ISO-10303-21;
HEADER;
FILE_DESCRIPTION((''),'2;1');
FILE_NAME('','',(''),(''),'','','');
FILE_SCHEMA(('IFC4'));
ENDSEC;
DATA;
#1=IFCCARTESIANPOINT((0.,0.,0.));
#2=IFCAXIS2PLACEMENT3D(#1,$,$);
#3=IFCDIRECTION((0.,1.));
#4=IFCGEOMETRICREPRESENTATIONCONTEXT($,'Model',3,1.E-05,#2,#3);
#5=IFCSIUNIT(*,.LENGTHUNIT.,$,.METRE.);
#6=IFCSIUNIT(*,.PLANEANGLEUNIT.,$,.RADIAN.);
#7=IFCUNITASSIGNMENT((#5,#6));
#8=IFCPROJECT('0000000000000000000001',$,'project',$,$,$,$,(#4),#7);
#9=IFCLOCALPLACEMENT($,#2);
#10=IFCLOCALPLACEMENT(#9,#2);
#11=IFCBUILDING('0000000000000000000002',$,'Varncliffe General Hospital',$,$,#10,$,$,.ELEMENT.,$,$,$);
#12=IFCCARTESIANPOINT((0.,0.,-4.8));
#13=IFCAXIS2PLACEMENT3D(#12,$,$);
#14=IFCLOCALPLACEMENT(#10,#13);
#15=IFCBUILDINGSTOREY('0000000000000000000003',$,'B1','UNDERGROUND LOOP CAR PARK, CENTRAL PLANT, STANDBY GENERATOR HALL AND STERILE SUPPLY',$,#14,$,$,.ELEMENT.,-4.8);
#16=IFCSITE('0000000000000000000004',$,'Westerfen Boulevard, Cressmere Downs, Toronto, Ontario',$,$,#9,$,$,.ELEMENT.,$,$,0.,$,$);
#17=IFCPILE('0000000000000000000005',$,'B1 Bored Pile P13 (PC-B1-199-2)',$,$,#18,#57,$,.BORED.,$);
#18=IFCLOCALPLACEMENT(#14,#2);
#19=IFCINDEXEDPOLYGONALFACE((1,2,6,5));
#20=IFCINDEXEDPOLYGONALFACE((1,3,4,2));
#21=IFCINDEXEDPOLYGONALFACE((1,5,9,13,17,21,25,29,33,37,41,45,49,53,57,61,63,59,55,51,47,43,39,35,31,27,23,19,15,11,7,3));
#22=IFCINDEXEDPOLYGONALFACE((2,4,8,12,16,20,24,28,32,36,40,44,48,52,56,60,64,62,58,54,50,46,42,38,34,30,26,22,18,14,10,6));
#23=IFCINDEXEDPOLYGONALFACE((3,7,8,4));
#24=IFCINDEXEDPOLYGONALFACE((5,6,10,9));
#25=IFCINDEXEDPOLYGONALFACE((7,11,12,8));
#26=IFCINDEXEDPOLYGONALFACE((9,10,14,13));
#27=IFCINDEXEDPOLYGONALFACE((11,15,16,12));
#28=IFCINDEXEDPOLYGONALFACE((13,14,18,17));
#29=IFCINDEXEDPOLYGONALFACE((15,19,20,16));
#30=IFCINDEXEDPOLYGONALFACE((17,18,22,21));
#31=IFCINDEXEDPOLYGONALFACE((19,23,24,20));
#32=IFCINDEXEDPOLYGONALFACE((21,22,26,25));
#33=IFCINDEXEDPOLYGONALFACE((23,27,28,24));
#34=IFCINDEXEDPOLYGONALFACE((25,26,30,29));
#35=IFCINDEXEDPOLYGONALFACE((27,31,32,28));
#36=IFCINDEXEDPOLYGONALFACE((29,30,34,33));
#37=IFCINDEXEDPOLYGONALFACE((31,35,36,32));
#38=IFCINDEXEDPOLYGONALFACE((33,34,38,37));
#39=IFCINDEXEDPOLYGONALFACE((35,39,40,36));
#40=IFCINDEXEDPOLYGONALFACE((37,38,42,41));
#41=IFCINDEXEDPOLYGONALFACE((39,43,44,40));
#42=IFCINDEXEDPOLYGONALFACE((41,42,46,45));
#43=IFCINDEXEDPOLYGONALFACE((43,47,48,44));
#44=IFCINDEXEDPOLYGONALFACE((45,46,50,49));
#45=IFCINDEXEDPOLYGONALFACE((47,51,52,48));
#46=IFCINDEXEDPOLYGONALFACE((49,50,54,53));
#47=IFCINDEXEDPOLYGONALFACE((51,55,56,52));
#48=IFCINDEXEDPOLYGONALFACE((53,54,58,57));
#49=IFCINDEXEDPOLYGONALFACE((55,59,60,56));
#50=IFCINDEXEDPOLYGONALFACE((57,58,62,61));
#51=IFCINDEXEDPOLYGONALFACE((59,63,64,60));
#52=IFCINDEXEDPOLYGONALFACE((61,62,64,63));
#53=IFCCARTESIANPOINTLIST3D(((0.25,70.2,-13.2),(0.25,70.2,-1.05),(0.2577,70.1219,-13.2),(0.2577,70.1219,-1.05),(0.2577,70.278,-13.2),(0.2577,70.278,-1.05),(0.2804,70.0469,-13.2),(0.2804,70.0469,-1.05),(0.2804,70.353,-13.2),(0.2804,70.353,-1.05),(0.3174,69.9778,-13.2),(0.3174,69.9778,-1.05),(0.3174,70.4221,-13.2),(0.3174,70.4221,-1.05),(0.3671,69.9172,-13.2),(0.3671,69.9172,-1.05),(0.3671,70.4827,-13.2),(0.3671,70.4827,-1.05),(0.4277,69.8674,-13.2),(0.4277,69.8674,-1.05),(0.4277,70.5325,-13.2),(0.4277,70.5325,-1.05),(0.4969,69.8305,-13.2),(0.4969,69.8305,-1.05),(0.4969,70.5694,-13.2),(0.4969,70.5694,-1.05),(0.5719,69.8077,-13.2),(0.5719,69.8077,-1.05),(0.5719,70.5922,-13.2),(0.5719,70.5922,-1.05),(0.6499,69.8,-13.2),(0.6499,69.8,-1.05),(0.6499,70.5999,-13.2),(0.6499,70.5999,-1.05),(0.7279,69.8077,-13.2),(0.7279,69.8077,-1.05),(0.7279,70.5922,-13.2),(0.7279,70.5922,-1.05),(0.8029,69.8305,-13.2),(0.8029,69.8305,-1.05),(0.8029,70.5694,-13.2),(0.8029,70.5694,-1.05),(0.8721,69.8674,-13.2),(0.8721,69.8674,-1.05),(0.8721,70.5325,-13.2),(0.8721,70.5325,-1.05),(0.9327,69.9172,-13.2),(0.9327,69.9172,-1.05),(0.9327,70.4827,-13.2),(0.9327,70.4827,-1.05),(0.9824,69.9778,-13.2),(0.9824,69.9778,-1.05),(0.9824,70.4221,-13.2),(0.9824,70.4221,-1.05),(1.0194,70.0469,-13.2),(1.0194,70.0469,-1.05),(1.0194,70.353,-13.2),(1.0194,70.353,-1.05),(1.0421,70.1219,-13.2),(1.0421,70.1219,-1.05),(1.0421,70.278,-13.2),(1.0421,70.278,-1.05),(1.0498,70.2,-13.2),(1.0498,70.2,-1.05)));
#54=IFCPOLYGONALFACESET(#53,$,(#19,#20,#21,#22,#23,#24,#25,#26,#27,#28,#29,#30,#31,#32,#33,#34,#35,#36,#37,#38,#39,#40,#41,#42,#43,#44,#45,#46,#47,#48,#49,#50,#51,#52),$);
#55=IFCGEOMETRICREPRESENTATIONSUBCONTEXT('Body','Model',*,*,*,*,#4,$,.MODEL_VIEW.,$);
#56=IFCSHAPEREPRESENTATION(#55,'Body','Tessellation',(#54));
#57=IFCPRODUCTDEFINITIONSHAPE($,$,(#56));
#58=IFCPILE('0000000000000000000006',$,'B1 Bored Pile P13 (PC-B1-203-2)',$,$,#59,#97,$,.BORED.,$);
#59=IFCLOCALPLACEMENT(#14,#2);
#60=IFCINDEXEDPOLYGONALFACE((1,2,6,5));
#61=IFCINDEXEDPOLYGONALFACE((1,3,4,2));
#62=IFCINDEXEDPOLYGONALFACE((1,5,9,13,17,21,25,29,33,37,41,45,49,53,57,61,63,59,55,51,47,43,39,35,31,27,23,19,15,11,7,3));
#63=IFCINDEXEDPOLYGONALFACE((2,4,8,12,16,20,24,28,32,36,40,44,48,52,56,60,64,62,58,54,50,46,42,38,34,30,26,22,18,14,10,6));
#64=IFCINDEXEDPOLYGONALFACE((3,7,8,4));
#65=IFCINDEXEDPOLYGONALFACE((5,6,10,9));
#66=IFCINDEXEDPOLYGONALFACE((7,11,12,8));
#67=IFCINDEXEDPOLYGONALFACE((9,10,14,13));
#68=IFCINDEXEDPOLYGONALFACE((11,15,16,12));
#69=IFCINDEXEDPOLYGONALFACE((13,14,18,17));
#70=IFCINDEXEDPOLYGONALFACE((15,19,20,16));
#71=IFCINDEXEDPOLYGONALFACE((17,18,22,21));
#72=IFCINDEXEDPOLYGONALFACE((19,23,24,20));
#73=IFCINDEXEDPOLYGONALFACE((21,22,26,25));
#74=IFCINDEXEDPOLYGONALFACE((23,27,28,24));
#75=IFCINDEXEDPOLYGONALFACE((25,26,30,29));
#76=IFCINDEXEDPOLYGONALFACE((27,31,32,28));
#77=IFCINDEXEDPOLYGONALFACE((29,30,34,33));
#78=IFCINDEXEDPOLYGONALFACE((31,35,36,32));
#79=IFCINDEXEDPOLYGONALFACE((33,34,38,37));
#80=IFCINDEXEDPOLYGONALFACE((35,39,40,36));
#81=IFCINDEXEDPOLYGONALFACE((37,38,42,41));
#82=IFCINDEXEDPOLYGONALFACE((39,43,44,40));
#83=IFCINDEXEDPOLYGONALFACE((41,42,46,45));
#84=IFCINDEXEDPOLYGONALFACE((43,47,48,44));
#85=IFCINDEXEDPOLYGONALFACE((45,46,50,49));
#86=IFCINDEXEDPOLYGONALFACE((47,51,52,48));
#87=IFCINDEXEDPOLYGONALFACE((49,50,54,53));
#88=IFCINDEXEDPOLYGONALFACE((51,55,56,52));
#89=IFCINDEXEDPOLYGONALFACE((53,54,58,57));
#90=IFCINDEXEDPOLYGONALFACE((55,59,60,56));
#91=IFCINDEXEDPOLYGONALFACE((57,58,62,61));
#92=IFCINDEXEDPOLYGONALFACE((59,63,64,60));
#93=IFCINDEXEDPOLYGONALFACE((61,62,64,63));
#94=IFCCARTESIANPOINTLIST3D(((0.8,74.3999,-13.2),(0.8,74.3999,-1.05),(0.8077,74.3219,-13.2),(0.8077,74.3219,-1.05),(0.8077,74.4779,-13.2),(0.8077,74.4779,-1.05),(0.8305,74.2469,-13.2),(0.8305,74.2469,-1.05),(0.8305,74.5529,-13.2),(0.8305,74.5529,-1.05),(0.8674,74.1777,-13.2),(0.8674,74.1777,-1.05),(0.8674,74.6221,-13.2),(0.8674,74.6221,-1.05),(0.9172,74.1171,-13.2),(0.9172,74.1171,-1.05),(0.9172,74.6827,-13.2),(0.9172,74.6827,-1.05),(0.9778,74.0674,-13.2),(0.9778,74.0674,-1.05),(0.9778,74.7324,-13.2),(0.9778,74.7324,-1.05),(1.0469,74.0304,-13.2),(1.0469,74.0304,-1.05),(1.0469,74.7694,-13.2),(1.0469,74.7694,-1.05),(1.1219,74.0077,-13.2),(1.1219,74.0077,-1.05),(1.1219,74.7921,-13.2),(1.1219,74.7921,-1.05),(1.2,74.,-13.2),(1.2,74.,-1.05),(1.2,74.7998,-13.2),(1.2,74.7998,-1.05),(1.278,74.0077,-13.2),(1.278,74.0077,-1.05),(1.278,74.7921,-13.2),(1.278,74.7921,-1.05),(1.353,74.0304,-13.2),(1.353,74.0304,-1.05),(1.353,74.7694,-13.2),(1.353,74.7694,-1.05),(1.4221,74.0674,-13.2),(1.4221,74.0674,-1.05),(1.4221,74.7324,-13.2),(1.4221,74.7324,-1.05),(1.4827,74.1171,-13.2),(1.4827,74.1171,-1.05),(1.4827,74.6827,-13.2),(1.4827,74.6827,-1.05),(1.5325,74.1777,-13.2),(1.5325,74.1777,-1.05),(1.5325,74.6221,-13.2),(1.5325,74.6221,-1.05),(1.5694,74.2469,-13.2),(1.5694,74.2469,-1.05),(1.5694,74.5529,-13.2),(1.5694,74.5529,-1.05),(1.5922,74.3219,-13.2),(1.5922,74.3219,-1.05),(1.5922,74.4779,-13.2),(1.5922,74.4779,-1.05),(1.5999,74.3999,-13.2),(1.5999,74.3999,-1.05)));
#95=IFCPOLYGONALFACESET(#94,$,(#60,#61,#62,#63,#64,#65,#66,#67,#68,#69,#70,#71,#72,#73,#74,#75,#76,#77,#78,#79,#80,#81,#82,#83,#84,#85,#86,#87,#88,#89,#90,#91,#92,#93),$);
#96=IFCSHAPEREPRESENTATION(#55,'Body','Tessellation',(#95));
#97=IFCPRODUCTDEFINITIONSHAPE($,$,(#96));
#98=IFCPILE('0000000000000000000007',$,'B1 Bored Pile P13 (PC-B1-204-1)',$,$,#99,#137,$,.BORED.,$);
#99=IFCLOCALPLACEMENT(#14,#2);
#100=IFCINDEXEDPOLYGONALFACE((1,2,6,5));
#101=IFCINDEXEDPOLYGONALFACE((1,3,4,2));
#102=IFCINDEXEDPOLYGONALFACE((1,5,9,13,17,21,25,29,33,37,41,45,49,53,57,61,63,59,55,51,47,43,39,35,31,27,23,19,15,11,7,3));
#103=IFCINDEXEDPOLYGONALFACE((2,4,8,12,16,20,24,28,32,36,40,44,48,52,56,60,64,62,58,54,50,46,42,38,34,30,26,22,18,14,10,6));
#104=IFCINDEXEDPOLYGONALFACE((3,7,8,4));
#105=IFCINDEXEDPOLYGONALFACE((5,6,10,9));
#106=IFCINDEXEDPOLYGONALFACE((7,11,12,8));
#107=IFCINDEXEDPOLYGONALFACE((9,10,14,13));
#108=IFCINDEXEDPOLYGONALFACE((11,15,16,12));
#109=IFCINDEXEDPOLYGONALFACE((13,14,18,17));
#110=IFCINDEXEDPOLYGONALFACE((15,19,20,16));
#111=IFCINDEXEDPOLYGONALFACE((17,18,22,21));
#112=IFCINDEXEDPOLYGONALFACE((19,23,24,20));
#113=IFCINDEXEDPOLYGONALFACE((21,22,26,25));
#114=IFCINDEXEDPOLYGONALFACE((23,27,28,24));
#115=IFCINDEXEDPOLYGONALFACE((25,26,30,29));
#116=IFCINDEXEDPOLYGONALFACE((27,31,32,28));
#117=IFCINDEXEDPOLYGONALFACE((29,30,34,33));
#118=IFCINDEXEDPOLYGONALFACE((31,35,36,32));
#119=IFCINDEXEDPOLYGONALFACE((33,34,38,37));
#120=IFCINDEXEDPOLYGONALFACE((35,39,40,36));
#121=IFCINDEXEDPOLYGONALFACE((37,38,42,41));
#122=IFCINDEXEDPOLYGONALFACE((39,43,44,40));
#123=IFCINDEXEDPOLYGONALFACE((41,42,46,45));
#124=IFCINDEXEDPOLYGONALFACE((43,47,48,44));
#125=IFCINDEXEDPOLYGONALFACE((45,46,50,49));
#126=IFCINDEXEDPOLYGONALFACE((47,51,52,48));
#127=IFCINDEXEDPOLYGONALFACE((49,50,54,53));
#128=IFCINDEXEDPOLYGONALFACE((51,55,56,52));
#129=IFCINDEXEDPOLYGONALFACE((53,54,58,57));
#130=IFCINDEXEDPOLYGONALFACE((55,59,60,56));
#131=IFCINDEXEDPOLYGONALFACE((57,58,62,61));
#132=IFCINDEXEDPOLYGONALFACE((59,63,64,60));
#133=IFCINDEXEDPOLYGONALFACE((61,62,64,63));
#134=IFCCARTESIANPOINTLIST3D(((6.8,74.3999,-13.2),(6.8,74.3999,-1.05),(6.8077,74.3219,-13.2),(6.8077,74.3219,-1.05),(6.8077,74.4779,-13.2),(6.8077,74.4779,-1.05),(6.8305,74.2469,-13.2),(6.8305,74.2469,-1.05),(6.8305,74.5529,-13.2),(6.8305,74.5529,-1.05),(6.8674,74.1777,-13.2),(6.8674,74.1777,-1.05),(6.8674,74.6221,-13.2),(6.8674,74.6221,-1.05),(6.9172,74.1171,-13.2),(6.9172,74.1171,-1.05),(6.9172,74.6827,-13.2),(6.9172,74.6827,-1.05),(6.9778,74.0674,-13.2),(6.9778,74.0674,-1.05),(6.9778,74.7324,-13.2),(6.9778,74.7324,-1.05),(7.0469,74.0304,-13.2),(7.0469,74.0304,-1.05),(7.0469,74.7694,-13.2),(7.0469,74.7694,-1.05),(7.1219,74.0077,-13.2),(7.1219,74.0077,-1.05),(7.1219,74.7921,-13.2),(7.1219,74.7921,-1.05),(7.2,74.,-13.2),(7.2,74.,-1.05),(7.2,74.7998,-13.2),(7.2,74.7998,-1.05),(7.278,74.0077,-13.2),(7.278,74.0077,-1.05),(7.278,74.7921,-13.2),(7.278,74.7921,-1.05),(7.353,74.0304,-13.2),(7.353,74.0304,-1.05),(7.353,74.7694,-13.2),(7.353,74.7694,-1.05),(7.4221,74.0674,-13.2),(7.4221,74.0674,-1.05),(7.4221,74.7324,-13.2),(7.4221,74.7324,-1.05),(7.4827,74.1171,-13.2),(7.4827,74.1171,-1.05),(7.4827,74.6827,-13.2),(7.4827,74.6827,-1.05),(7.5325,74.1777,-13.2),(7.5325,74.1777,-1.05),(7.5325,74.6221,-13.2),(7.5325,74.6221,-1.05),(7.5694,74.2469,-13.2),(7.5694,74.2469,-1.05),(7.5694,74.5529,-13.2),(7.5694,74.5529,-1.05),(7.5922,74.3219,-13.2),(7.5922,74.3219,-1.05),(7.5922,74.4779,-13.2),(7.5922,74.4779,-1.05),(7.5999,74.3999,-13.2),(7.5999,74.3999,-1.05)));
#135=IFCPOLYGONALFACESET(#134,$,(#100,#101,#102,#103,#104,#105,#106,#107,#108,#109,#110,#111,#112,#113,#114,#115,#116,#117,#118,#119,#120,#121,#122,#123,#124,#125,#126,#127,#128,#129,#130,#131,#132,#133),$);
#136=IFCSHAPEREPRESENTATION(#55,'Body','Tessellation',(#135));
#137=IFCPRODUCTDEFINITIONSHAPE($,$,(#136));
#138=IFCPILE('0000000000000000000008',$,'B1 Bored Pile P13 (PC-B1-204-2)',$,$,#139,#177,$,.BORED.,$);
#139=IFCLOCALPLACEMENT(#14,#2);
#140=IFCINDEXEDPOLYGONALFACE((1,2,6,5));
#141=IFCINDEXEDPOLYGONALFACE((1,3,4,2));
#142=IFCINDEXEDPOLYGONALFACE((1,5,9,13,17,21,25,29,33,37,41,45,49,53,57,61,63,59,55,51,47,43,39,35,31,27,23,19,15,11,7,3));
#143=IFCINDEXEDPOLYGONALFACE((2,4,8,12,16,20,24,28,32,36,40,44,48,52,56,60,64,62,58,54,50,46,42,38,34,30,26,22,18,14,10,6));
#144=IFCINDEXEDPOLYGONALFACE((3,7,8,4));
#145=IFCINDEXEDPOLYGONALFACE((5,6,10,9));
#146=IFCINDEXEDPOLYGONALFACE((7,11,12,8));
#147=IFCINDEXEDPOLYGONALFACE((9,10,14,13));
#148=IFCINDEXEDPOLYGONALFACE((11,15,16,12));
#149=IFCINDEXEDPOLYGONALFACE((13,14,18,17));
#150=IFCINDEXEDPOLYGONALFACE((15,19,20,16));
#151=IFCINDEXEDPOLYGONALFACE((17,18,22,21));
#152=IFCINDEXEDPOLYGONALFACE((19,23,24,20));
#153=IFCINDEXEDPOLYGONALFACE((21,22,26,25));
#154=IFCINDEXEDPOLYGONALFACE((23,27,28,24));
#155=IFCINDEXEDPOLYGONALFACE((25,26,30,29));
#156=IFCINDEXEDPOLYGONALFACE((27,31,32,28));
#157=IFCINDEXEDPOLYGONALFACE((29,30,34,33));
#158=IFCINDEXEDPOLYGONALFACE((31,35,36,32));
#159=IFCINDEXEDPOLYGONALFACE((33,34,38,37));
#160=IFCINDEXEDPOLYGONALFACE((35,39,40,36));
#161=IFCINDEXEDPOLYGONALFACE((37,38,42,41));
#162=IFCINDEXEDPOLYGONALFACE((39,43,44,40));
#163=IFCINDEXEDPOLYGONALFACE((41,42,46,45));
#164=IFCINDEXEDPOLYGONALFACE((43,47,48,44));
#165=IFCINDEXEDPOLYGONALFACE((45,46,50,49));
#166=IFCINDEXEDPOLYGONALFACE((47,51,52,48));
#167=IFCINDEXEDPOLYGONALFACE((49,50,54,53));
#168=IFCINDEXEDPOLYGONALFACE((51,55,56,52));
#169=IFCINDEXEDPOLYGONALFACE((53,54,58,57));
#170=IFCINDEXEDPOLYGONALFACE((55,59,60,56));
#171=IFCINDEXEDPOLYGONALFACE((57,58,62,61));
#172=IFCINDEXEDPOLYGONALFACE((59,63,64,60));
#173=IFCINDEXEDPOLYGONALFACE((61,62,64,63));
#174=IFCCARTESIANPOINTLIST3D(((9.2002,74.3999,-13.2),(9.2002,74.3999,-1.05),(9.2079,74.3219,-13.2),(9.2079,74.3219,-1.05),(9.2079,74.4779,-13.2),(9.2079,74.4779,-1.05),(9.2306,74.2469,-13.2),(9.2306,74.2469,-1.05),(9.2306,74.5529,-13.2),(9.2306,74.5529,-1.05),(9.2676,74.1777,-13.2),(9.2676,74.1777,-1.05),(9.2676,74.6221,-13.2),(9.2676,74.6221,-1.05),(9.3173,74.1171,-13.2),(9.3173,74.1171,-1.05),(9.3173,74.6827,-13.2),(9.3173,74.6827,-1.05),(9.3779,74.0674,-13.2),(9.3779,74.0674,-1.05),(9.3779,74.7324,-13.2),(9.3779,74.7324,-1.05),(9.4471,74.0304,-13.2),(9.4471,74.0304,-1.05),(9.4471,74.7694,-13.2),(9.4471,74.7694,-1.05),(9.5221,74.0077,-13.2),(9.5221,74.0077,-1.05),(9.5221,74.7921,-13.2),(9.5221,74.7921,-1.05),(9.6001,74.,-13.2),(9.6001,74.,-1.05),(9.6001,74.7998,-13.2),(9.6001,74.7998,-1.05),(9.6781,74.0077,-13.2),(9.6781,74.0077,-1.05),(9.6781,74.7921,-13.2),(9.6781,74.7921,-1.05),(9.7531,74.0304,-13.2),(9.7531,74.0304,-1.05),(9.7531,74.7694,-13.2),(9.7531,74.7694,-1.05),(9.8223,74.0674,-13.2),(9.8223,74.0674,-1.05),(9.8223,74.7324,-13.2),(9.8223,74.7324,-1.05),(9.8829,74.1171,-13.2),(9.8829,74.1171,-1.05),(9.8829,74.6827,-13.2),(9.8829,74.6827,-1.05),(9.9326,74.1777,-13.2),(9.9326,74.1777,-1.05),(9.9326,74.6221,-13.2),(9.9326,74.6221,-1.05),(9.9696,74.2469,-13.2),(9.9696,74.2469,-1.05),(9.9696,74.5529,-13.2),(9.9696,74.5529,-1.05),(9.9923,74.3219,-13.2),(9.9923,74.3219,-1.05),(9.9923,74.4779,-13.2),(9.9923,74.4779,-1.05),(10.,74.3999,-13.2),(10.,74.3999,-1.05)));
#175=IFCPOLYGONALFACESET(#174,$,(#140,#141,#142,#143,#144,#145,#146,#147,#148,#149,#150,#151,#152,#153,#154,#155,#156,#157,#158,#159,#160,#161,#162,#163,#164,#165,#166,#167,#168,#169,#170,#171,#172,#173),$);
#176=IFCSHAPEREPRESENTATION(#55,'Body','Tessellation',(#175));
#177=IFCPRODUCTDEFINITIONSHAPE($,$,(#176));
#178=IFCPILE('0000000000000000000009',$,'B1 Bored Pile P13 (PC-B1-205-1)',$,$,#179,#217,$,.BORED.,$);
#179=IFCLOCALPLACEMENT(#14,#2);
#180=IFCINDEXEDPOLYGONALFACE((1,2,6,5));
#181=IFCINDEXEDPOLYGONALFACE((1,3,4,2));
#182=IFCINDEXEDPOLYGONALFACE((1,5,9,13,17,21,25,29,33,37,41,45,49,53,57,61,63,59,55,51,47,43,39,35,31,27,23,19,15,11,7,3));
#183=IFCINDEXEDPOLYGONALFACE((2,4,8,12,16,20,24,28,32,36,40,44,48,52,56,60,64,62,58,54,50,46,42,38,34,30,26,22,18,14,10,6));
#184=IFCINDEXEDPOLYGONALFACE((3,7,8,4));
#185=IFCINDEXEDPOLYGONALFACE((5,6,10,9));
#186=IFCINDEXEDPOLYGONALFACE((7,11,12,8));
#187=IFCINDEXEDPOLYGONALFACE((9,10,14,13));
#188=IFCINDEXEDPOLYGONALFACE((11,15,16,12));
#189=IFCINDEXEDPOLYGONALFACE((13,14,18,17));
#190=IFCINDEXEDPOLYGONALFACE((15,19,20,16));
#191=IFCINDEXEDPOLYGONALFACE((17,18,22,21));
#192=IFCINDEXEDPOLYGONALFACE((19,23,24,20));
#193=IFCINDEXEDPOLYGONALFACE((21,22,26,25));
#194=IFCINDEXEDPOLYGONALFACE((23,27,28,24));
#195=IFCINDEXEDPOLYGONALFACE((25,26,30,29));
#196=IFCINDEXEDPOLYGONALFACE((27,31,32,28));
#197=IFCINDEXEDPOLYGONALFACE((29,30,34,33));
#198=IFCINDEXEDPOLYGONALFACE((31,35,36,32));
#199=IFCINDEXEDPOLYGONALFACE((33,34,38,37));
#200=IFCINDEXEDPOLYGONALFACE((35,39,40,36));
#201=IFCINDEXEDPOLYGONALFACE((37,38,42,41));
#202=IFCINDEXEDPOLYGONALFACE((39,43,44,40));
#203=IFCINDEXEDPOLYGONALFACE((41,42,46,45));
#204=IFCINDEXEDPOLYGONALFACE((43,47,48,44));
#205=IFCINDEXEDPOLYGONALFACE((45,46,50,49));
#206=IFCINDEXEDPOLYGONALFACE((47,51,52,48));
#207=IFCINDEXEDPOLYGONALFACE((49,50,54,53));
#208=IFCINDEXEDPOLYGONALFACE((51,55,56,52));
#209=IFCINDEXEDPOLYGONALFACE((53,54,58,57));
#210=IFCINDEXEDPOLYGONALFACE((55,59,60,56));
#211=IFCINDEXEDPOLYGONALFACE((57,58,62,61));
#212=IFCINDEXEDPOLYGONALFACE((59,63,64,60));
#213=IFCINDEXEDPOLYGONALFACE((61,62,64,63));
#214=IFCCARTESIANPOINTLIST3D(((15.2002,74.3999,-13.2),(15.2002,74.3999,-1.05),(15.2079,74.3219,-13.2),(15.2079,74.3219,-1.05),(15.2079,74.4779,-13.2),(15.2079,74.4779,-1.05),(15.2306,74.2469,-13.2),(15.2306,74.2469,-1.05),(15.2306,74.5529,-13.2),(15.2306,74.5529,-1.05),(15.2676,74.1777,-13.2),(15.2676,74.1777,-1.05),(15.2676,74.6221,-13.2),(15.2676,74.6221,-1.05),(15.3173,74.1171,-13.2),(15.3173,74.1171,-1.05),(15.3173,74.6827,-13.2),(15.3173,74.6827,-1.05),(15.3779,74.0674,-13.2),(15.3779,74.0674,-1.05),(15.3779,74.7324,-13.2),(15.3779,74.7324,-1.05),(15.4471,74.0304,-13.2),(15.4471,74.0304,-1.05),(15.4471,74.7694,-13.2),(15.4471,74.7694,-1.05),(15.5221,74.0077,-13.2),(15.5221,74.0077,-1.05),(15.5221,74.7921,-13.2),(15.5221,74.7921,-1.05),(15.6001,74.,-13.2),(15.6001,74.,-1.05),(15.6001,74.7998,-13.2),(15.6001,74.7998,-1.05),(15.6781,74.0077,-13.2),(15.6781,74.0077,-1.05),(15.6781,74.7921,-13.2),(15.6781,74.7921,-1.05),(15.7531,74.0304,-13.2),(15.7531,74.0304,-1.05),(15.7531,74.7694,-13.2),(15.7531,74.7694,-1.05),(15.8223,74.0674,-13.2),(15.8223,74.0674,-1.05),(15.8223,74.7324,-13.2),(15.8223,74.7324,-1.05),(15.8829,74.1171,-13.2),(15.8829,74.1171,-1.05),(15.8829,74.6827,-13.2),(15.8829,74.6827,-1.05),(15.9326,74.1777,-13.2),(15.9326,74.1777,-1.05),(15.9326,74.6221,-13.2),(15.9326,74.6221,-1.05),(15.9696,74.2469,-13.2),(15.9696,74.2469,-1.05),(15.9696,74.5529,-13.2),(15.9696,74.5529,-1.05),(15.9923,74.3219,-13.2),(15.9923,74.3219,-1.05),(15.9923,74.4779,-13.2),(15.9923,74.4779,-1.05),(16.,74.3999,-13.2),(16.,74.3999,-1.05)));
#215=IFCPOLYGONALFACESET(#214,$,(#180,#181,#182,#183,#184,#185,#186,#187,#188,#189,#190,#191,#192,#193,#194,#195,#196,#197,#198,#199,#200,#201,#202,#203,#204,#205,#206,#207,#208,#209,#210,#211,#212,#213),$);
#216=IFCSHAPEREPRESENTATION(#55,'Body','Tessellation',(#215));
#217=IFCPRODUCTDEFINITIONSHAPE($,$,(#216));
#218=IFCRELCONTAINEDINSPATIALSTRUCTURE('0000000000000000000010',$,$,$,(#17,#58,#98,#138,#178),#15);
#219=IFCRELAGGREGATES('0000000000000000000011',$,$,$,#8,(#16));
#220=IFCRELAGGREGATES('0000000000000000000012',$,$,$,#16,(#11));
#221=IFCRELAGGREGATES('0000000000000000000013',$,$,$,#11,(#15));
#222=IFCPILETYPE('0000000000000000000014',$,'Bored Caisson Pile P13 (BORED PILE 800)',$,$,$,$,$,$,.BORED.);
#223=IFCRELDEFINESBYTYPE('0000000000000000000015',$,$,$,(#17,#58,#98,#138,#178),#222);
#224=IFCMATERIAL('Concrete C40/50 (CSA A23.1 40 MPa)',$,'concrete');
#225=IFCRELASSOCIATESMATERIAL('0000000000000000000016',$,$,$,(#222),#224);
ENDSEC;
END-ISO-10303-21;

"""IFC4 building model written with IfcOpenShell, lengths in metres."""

from ifc_helpers import new_model, si_unit, direction, frame, origin, origin_2d, place, context, subcontext, project, spatial, circle, extrude, material, material_profile, profile_set, type_object, element, save


model = new_model("IFC4")

# Units and contexts
model_context = context("Model", 3, precision=1e-05, world=origin(), true_north=direction((0.0, 1.0)))
body_context = subcontext(model_context, "Body", "Model", "MODEL_VIEW")
ifc_project = project(units=[si_unit("LENGTHUNIT", "METRE"), si_unit("PLANEANGLEUNIT", "RADIAN")], contexts=[model_context])

# Site, building, storey
site_placement = place(None, origin())
site = spatial("IfcSite", under=ifc_project, at=site_placement, Name="Westerfen Boulevard, Cressmere Downs, Toronto, Ontario", CompositionType="ELEMENT", RefElevation=0.0)
building_placement = place(site_placement, origin())
building = spatial("IfcBuilding", under=site, at=building_placement, Name="Varncliffe General Hospital", CompositionType="ELEMENT")
storey_placement = place(building_placement, frame((0.0, 0.0, -4.8)))
storey = spatial("IfcBuildingStorey", under=building, at=storey_placement, Name="B1", Description="UNDERGROUND LOOP CAR PARK, CENTRAL PLANT, STANDBY GENERATOR HALL AND STERILE SUPPLY", CompositionType="ELEMENT", Elevation=-4.8)

# Piles
ifc_material_1 = material(Name="Concrete C40/50 (CSA A23.1 40 MPa)", Category="concrete")
ifc_material_profile_1 = material_profile(ifc_material_1, circle(Radius=0.3999, at=origin_2d()), Name="BORED PILE 800")
ifc_profile_set_1 = profile_set([ifc_material_profile_1], Name="Concrete C40/50 (CSA A23.1 40 MPa)")
pile_type = type_object("IfcPileType", Name="Bored Caisson Pile P13 (BORED PILE 800)", PredefinedType="BORED", material=ifc_profile_set_1)
for number, where, z_axis, x_axis, name in (
    (1, (0.6499, 70.2, -1.05), (0.0, 0.0, -1.0), (1.0, 0.0, 0.0), "B1 Bored Pile P13 (PC-B1-199-2)"),
    (2, (1.2, 74.3999, -1.05), (0.0, 0.0, -1.0), (1.0, 0.0, 0.0), "B1 Bored Pile P13 (PC-B1-203-2)"),
    (3, (7.2, 74.3999, -1.05), (0.0, 0.0, -1.0), (1.0, 0.0, 0.0), "B1 Bored Pile P13 (PC-B1-204-1)"),
    (4, (9.6001, 74.3999, -1.05), (0.0, 0.0, -1.0), (1.0, 0.0, 0.0), "B1 Bored Pile P13 (PC-B1-204-2)"),
    (5, (15.6001, 74.3999, -1.05), (0.0, 0.0, -1.0), (1.0, 0.0, 0.0), "B1 Bored Pile P13 (PC-B1-205-1)"),
):
    element("IfcPile", number, at=place(storey_placement, frame(where, z_axis=z_axis, x_axis=x_axis)), inside=storey, type_object=pile_type, Name=name, PredefinedType="BORED", context=body_context, shape_type="SweptSolid", body=[
        extrude(circle(Radius=0.3999, at=origin_2d()), origin(), (0.0, 0.0, 1.0), 12.1499),
    ])

save(model, "model.ifc")
